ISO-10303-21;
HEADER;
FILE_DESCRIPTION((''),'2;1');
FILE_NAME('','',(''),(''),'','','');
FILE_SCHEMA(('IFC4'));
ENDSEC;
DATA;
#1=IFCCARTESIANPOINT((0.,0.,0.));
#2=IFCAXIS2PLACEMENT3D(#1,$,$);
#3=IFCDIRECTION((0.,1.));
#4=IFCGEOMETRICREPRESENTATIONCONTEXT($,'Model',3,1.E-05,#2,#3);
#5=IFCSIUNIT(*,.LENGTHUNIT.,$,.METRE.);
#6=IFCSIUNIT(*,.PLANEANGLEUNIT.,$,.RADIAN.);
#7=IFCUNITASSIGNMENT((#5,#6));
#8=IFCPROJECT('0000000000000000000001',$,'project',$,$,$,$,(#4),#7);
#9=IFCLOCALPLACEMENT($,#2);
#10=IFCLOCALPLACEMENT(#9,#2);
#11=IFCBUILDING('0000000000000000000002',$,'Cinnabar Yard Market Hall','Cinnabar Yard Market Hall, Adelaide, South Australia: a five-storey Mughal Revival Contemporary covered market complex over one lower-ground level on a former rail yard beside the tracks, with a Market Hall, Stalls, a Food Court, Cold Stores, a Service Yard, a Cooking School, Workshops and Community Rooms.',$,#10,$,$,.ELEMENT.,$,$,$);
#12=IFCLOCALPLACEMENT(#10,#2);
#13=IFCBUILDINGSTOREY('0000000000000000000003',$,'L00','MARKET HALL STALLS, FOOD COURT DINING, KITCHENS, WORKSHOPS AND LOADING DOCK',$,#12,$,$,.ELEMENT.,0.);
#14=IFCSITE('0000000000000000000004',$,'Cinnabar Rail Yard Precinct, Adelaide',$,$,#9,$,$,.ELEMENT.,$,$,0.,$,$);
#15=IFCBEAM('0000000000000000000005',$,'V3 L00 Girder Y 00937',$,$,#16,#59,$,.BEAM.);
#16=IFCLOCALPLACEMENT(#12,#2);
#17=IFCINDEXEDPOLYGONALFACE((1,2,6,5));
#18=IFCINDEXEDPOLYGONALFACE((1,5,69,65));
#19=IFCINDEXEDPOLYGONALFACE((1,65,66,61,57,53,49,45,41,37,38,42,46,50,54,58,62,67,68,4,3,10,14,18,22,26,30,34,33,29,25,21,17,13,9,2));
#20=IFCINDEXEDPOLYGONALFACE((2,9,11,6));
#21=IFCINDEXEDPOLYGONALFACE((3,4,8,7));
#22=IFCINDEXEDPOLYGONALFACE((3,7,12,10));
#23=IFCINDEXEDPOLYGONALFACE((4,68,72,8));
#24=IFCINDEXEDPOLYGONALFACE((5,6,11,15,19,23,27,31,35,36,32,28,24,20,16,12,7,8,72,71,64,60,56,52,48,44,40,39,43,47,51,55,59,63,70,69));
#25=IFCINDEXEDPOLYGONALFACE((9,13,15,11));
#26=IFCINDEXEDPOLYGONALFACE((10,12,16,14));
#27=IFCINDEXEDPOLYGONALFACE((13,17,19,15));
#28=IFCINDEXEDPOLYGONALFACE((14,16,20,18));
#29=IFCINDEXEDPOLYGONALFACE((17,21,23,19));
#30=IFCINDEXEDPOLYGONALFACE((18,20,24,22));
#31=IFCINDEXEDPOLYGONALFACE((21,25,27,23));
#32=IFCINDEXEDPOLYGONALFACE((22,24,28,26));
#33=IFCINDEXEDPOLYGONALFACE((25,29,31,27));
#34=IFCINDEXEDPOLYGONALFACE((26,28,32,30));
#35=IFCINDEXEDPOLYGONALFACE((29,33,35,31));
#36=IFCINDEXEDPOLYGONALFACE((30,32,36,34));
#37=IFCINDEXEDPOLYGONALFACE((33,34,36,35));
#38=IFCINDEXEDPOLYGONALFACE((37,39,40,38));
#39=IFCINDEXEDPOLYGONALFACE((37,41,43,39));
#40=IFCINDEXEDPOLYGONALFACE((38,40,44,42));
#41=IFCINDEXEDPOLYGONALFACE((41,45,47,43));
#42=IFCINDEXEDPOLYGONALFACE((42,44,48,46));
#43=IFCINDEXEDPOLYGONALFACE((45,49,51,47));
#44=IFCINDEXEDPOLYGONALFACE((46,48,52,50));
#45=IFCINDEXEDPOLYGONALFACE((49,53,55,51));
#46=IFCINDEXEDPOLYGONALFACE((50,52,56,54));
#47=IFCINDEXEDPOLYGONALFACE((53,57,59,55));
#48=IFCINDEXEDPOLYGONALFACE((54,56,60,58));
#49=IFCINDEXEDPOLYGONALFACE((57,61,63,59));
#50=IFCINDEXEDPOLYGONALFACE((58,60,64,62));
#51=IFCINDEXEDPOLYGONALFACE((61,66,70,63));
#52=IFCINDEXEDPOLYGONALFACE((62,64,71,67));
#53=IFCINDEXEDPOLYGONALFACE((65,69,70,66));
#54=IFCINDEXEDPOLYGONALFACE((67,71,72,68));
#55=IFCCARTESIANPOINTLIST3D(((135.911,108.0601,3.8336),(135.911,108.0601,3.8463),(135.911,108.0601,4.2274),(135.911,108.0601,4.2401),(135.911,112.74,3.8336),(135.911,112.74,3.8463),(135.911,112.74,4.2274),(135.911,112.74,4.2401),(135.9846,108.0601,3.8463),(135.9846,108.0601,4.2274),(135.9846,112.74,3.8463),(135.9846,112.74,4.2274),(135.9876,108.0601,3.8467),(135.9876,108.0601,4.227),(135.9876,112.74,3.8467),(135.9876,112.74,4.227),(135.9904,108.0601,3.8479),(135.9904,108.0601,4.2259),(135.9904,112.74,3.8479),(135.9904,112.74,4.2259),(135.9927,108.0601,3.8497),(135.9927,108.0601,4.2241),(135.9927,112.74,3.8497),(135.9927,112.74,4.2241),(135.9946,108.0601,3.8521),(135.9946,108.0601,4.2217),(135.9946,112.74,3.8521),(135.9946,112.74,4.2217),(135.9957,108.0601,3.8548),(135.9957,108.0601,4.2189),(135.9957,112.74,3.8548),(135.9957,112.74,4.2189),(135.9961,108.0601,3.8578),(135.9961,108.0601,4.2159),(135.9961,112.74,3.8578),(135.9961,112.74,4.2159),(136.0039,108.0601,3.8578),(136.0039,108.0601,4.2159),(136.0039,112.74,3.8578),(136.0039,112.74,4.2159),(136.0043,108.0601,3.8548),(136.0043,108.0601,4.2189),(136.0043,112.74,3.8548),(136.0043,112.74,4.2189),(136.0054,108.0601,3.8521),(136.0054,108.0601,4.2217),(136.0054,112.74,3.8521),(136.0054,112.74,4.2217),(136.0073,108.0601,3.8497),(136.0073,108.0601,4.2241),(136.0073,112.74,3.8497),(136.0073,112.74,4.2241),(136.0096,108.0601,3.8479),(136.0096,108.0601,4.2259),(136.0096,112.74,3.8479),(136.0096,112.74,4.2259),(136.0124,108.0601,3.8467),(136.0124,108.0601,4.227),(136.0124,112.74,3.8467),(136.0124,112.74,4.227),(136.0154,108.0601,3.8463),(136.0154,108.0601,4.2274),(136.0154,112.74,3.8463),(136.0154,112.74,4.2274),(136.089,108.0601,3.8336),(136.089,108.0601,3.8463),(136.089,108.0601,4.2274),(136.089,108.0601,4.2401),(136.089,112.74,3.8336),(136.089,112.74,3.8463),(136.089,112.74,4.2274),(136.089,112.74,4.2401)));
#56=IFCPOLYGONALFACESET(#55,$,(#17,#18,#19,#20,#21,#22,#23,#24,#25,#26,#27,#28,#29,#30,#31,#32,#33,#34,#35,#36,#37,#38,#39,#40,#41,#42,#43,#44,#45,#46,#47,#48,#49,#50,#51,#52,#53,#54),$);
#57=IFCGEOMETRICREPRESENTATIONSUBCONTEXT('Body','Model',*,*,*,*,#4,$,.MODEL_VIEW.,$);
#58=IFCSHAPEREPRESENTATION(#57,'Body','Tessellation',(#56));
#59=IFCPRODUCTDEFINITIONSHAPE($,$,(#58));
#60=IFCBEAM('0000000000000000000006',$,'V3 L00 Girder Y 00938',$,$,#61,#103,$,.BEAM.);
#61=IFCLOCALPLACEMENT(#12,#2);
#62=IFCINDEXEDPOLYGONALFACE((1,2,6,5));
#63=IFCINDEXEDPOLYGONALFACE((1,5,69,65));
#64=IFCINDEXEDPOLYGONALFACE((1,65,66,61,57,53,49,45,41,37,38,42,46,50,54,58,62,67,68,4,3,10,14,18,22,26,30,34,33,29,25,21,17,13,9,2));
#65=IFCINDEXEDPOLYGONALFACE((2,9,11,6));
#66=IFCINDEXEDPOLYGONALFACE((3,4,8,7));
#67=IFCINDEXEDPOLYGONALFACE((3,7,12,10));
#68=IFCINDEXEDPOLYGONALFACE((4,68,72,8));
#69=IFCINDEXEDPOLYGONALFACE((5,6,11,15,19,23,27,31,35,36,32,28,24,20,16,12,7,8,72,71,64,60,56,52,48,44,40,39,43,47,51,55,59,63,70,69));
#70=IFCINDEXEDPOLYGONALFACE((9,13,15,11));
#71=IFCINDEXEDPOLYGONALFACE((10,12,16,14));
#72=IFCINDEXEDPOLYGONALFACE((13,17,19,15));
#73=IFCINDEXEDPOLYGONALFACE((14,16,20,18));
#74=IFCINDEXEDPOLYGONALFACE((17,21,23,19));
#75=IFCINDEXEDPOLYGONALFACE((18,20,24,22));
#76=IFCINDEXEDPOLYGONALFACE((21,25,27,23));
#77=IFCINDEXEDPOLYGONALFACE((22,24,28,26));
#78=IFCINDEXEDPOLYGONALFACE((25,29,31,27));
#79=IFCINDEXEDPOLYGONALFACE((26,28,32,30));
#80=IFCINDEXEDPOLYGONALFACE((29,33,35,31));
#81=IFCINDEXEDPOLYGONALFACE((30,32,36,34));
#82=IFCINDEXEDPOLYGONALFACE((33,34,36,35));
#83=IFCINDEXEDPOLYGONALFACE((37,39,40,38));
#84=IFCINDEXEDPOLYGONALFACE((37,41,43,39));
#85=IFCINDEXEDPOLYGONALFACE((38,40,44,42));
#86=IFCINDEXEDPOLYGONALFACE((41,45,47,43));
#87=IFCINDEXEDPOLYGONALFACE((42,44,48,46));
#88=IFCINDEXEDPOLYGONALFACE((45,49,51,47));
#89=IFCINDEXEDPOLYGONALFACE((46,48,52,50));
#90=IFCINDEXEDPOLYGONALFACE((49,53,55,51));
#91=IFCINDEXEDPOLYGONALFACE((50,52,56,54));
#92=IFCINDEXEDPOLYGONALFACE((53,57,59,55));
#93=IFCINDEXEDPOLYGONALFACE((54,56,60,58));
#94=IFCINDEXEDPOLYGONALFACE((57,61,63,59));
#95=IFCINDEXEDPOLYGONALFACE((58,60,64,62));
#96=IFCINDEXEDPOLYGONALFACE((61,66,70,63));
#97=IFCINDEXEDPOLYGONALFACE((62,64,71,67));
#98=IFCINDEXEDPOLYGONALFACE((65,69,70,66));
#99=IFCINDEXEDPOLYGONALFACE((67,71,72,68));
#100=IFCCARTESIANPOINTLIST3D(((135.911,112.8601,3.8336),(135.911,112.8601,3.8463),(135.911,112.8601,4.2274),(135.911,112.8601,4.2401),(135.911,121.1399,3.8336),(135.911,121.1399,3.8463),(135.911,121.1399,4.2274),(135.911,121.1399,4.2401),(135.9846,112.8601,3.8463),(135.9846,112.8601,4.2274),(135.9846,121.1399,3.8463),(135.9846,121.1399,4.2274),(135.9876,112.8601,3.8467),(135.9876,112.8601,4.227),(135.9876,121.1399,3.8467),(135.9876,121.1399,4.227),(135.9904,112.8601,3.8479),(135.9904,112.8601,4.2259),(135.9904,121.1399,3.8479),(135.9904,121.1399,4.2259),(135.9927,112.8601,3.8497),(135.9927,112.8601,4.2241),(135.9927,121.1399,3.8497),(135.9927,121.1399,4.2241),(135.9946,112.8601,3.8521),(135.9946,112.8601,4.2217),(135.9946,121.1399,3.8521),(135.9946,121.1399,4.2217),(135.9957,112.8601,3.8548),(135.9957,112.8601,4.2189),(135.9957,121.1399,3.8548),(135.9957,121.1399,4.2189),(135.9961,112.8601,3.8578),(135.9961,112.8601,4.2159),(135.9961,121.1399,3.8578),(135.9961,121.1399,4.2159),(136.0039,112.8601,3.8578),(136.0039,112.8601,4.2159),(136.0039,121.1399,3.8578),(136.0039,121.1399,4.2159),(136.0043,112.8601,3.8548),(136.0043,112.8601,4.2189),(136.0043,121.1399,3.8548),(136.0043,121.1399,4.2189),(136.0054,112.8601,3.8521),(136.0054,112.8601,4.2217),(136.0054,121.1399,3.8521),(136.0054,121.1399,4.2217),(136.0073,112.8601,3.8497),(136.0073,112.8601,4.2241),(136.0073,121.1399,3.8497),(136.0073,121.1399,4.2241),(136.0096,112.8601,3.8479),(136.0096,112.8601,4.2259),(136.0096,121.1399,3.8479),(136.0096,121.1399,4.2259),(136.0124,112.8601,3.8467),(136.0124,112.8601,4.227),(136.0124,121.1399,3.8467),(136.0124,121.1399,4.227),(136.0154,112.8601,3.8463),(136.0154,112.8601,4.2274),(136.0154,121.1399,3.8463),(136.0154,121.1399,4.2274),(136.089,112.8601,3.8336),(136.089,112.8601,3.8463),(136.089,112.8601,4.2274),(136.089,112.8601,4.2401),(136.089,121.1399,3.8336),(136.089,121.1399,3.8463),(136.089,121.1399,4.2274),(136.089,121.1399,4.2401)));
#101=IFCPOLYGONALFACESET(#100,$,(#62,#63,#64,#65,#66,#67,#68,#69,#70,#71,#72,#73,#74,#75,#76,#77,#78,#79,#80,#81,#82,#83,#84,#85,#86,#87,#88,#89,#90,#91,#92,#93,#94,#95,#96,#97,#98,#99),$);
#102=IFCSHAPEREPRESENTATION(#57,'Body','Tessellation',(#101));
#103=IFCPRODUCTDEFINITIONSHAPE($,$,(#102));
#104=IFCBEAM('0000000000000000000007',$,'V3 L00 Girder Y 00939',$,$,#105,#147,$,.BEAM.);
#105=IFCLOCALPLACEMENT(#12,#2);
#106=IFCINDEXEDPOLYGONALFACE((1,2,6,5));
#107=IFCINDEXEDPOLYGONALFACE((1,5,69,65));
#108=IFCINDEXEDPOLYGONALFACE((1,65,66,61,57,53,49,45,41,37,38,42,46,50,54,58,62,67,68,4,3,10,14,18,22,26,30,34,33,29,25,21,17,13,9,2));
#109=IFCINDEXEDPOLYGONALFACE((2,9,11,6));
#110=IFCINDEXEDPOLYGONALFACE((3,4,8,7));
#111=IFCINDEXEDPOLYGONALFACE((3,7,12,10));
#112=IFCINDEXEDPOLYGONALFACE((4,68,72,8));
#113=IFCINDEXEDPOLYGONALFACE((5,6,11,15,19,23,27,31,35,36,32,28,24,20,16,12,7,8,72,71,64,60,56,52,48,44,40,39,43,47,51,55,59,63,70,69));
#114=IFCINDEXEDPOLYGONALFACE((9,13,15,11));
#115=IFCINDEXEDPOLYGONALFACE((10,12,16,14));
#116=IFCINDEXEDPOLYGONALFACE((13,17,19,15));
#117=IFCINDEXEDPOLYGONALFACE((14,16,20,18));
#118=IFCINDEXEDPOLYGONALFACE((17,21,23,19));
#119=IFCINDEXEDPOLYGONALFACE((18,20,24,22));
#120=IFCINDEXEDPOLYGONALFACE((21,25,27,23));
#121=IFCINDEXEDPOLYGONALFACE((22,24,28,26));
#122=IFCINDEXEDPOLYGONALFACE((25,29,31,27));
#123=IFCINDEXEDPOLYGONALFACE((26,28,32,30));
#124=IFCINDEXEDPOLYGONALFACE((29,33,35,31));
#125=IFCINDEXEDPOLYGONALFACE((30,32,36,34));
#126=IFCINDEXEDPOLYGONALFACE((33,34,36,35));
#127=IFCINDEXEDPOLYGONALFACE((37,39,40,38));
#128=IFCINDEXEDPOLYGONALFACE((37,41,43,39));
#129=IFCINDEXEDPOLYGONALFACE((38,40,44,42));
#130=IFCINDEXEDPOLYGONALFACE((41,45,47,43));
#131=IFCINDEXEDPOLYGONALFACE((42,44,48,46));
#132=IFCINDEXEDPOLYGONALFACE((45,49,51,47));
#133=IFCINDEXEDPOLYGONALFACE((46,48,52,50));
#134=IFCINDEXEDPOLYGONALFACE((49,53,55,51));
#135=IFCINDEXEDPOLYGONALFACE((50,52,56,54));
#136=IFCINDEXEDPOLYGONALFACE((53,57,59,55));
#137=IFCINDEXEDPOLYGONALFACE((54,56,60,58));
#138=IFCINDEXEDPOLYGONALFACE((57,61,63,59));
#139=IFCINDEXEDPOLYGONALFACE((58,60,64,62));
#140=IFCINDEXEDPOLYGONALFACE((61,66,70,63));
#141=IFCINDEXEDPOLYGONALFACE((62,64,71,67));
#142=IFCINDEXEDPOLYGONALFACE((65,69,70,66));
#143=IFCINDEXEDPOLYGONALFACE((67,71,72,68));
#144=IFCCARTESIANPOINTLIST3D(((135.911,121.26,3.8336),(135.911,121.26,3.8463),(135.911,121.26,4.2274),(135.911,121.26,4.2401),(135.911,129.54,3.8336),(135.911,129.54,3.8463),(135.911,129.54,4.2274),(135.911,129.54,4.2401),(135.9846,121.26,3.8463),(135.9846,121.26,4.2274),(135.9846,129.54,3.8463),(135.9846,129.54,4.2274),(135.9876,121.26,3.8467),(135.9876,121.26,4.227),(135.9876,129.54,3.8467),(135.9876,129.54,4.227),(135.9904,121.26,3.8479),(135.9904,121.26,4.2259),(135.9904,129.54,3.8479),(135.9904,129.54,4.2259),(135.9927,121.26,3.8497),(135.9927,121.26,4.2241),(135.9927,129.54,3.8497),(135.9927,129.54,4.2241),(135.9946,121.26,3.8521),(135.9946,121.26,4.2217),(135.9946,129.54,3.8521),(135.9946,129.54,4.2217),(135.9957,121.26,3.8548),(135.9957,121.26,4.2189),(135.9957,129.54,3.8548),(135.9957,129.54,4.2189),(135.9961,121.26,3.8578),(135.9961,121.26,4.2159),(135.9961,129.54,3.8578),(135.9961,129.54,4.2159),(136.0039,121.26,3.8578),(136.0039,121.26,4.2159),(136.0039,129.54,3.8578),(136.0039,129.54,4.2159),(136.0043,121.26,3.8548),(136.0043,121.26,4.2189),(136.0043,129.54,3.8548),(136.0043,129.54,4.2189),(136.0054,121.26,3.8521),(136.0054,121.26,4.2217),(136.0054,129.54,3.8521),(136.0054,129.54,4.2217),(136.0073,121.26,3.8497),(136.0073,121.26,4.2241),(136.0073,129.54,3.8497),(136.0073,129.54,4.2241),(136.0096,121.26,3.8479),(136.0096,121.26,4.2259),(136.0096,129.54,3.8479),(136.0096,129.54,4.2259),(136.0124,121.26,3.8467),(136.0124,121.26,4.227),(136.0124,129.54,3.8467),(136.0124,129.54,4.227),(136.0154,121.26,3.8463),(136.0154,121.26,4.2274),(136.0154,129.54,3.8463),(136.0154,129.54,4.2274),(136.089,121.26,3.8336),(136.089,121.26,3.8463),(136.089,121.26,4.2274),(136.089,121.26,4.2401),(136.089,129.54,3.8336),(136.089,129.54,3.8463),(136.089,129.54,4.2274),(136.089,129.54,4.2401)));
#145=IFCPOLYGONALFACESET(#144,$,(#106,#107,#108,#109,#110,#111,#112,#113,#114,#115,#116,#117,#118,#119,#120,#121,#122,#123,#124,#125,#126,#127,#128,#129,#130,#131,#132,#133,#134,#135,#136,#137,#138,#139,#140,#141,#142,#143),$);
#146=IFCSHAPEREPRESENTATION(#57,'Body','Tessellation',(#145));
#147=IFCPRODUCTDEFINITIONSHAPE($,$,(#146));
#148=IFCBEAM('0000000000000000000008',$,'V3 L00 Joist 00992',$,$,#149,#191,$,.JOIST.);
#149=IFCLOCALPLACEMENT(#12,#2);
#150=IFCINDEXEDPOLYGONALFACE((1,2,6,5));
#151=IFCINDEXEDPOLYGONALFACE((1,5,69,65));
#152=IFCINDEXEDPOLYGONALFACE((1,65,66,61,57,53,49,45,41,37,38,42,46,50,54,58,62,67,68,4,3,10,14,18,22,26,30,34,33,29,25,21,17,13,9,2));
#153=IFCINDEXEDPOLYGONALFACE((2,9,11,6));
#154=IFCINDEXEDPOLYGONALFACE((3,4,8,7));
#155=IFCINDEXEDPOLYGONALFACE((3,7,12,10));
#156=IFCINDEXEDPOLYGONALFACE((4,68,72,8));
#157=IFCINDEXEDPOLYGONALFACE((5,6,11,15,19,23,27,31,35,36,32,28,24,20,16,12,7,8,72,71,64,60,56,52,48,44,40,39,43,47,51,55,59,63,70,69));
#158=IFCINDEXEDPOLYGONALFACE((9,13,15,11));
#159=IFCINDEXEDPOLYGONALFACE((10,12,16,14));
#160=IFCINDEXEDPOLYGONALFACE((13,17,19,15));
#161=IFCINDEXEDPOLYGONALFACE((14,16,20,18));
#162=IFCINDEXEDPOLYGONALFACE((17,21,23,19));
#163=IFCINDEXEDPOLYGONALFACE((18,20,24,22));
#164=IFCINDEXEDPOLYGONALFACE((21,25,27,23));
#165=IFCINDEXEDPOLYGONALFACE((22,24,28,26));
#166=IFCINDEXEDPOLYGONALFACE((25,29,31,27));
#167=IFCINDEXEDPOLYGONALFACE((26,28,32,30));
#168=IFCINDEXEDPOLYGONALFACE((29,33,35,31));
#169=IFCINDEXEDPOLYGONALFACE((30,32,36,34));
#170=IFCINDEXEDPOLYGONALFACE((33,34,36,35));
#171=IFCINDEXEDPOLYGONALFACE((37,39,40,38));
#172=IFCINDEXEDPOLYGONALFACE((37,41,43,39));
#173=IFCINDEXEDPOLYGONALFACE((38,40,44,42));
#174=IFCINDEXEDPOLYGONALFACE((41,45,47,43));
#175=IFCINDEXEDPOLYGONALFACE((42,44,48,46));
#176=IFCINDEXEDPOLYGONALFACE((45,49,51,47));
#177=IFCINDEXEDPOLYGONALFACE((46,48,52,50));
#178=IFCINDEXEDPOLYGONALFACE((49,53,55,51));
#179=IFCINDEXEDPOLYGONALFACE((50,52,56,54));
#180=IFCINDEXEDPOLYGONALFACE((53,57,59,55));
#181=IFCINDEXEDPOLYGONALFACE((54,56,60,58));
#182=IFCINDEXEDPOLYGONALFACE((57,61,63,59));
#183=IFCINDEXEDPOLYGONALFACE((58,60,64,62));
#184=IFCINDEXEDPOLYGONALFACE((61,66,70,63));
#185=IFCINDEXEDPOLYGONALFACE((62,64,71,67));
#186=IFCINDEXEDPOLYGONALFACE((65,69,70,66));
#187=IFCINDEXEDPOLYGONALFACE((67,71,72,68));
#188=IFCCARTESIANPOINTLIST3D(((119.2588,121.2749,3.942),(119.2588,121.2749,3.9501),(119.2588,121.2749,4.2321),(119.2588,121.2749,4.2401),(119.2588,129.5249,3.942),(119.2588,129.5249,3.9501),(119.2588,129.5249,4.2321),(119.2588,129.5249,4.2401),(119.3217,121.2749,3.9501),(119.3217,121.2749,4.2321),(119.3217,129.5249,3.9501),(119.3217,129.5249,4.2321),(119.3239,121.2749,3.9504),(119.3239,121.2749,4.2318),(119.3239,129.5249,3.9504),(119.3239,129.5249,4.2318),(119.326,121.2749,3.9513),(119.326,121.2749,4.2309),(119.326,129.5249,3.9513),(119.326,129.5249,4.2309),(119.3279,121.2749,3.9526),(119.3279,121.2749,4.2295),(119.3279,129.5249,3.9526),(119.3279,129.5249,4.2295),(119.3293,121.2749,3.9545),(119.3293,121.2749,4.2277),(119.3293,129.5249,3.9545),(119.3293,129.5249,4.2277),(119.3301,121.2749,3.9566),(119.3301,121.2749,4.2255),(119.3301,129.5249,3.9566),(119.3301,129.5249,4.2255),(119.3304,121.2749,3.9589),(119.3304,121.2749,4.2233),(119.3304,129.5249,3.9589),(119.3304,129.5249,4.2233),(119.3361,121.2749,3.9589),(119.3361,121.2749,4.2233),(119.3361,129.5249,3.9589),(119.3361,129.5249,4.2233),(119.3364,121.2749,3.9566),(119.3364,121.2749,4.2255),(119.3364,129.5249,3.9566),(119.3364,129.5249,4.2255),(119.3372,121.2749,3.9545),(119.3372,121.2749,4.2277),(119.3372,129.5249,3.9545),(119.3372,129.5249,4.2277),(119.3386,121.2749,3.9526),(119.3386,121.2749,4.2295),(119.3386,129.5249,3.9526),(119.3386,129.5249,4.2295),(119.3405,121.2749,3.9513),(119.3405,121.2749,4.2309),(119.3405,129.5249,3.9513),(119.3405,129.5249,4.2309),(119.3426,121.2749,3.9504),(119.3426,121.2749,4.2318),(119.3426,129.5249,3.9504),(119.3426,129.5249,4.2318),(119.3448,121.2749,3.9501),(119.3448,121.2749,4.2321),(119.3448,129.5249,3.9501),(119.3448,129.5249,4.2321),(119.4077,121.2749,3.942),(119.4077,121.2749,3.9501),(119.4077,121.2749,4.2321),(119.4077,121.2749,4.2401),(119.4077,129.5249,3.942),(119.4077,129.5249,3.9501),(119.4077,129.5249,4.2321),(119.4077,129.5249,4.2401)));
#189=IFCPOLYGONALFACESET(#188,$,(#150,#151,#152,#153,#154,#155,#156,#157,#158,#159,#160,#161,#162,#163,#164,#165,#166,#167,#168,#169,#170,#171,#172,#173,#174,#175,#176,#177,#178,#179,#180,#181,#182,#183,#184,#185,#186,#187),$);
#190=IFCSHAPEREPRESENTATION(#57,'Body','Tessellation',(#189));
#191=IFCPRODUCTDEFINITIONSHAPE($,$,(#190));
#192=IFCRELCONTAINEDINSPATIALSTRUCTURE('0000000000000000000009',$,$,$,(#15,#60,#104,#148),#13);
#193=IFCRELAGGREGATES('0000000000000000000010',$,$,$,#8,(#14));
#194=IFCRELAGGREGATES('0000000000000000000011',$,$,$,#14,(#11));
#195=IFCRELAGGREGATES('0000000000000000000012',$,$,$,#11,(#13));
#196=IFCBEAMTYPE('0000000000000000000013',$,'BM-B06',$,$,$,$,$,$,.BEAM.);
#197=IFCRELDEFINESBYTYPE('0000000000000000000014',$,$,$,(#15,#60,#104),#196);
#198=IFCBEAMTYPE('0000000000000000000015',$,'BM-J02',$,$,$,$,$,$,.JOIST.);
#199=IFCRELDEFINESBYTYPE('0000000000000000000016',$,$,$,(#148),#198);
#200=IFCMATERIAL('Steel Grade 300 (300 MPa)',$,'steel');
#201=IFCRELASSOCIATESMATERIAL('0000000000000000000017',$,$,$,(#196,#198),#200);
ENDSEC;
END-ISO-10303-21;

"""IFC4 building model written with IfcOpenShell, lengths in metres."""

from ifc_helpers import new_model, si_unit, direction, frame, origin, origin_2d_with_axis, place, context, subcontext, project, spatial, i_section, extrude, material, material_profile, profile_set, type_object, element, save


model = new_model("IFC4")

# Units and contexts
model_context = context("Model", 3, precision=1e-05, world=origin(), true_north=direction((0.0, 1.0)))
body_context = subcontext(model_context, "Body", "Model", "MODEL_VIEW")
ifc_project = project(units=[si_unit("LENGTHUNIT", "METRE"), si_unit("PLANEANGLEUNIT", "RADIAN")], contexts=[model_context])

# Site, building, storey
site_placement = place(None, origin())
site = spatial("IfcSite", under=ifc_project, at=site_placement, Name="Cinnabar Rail Yard Precinct, Adelaide", CompositionType="ELEMENT", RefElevation=0.0)
building_placement = place(site_placement, origin())
building = spatial("IfcBuilding", under=site, at=building_placement, Name="Cinnabar Yard Market Hall", Description="Cinnabar Yard Market Hall, Adelaide, South Australia: a five-storey Mughal Revival Contemporary covered market complex over one lower-ground level on a former rail yard beside the tracks, with a Market Hall, Stalls, a Food Court, Cold Stores, a Service Yard, a Cooking School, Workshops and Community Rooms.", CompositionType="ELEMENT")
storey_placement = place(building_placement, origin())
storey = spatial("IfcBuildingStorey", under=building, at=storey_placement, Name="L00", Description="MARKET HALL STALLS, FOOD COURT DINING, KITCHENS, WORKSHOPS AND LOADING DOCK", CompositionType="ELEMENT", Elevation=0.0)

# Shared definitions
ifc_material_1 = material(Name="Steel Grade 300 (300 MPa)", Category="steel")

# Beams
ifc_material_profile_1 = material_profile(ifc_material_1, i_section(OverallWidth=0.178, OverallDepth=0.4065, WebThickness=0.0078, FlangeThickness=0.0127, FilletRadius=0.0115, at=origin_2d_with_axis()), Name="410UB59.7")
ifc_profile_set_1 = profile_set([ifc_material_profile_1], Name="Steel Grade 300 (300 MPa)")
beam_type_1 = type_object("IfcBeamType", Name="BM-B06", PredefinedType="BEAM", material=ifc_profile_set_1)
beam_1_placement = place(storey_placement, frame((136.0, 108.0601, 4.0369), z_axis=(0.0, 1.0, 0.0), x_axis=(-1.0, 0.0, 0.0)))
element("IfcBeam", 1, at=beam_1_placement, inside=storey, type_object=beam_type_1, Name="V3 L00 Girder Y 00937", PredefinedType="BEAM", context=body_context, shape_type="SweptSolid", body=[
    extrude(i_section(OverallWidth=0.178, OverallDepth=0.4065, WebThickness=0.0078, FlangeThickness=0.0127, FilletRadius=0.0115, at=origin_2d_with_axis()), origin(), (0.0, 0.0, 1.0), 4.6799),
])
beam_2_placement = place(storey_placement, frame((136.0, 112.8601, 4.0369), z_axis=(0.0, 1.0, 0.0), x_axis=(-1.0, 0.0, 0.0)))
element("IfcBeam", 2, at=beam_2_placement, inside=storey, type_object=beam_type_1, Name="V3 L00 Girder Y 00938", PredefinedType="BEAM", context=body_context, shape_type="SweptSolid", body=[
    extrude(i_section(OverallWidth=0.178, OverallDepth=0.4065, WebThickness=0.0078, FlangeThickness=0.0127, FilletRadius=0.0115, at=origin_2d_with_axis()), origin(), (0.0, 0.0, 1.0), 8.2798),
])
beam_3_placement = place(storey_placement, frame((136.0, 121.26, 4.0369), z_axis=(0.0, 1.0, 0.0), x_axis=(-1.0, 0.0, 0.0)))
element("IfcBeam", 3, at=beam_3_placement, inside=storey, type_object=beam_type_1, Name="V3 L00 Girder Y 00939", PredefinedType="BEAM", context=body_context, shape_type="SweptSolid", body=[
    extrude(i_section(OverallWidth=0.178, OverallDepth=0.4065, WebThickness=0.0078, FlangeThickness=0.0127, FilletRadius=0.0115, at=origin_2d_with_axis()), origin(), (0.0, 0.0, 1.0), 8.28),
])
ifc_material_profile_2 = material_profile(ifc_material_1, i_section(OverallWidth=0.1489, OverallDepth=0.2981, WebThickness=0.0056, FlangeThickness=0.0081, FilletRadius=0.0088, at=origin_2d_with_axis()), Name="310UB32.0")
ifc_profile_set_2 = profile_set([ifc_material_profile_2], Name="Steel Grade 300 (300 MPa)")
beam_type_2 = type_object("IfcBeamType", Name="BM-J02", PredefinedType="JOIST", material=ifc_profile_set_2)
beam_4_placement = place(storey_placement, frame((119.3333, 121.2749, 4.0911), z_axis=(0.0, 1.0, 0.0), x_axis=(-1.0, 0.0, 0.0)))
element("IfcBeam", 4, at=beam_4_placement, inside=storey, type_object=beam_type_2, Name="V3 L00 Joist 00992", PredefinedType="JOIST", context=body_context, shape_type="SweptSolid", body=[
    extrude(i_section(OverallWidth=0.1489, OverallDepth=0.2981, WebThickness=0.0056, FlangeThickness=0.0081, FilletRadius=0.0088, at=origin_2d_with_axis()), origin(), (0.0, 0.0, 1.0), 8.25),
])

save(model, "model.ifc")
